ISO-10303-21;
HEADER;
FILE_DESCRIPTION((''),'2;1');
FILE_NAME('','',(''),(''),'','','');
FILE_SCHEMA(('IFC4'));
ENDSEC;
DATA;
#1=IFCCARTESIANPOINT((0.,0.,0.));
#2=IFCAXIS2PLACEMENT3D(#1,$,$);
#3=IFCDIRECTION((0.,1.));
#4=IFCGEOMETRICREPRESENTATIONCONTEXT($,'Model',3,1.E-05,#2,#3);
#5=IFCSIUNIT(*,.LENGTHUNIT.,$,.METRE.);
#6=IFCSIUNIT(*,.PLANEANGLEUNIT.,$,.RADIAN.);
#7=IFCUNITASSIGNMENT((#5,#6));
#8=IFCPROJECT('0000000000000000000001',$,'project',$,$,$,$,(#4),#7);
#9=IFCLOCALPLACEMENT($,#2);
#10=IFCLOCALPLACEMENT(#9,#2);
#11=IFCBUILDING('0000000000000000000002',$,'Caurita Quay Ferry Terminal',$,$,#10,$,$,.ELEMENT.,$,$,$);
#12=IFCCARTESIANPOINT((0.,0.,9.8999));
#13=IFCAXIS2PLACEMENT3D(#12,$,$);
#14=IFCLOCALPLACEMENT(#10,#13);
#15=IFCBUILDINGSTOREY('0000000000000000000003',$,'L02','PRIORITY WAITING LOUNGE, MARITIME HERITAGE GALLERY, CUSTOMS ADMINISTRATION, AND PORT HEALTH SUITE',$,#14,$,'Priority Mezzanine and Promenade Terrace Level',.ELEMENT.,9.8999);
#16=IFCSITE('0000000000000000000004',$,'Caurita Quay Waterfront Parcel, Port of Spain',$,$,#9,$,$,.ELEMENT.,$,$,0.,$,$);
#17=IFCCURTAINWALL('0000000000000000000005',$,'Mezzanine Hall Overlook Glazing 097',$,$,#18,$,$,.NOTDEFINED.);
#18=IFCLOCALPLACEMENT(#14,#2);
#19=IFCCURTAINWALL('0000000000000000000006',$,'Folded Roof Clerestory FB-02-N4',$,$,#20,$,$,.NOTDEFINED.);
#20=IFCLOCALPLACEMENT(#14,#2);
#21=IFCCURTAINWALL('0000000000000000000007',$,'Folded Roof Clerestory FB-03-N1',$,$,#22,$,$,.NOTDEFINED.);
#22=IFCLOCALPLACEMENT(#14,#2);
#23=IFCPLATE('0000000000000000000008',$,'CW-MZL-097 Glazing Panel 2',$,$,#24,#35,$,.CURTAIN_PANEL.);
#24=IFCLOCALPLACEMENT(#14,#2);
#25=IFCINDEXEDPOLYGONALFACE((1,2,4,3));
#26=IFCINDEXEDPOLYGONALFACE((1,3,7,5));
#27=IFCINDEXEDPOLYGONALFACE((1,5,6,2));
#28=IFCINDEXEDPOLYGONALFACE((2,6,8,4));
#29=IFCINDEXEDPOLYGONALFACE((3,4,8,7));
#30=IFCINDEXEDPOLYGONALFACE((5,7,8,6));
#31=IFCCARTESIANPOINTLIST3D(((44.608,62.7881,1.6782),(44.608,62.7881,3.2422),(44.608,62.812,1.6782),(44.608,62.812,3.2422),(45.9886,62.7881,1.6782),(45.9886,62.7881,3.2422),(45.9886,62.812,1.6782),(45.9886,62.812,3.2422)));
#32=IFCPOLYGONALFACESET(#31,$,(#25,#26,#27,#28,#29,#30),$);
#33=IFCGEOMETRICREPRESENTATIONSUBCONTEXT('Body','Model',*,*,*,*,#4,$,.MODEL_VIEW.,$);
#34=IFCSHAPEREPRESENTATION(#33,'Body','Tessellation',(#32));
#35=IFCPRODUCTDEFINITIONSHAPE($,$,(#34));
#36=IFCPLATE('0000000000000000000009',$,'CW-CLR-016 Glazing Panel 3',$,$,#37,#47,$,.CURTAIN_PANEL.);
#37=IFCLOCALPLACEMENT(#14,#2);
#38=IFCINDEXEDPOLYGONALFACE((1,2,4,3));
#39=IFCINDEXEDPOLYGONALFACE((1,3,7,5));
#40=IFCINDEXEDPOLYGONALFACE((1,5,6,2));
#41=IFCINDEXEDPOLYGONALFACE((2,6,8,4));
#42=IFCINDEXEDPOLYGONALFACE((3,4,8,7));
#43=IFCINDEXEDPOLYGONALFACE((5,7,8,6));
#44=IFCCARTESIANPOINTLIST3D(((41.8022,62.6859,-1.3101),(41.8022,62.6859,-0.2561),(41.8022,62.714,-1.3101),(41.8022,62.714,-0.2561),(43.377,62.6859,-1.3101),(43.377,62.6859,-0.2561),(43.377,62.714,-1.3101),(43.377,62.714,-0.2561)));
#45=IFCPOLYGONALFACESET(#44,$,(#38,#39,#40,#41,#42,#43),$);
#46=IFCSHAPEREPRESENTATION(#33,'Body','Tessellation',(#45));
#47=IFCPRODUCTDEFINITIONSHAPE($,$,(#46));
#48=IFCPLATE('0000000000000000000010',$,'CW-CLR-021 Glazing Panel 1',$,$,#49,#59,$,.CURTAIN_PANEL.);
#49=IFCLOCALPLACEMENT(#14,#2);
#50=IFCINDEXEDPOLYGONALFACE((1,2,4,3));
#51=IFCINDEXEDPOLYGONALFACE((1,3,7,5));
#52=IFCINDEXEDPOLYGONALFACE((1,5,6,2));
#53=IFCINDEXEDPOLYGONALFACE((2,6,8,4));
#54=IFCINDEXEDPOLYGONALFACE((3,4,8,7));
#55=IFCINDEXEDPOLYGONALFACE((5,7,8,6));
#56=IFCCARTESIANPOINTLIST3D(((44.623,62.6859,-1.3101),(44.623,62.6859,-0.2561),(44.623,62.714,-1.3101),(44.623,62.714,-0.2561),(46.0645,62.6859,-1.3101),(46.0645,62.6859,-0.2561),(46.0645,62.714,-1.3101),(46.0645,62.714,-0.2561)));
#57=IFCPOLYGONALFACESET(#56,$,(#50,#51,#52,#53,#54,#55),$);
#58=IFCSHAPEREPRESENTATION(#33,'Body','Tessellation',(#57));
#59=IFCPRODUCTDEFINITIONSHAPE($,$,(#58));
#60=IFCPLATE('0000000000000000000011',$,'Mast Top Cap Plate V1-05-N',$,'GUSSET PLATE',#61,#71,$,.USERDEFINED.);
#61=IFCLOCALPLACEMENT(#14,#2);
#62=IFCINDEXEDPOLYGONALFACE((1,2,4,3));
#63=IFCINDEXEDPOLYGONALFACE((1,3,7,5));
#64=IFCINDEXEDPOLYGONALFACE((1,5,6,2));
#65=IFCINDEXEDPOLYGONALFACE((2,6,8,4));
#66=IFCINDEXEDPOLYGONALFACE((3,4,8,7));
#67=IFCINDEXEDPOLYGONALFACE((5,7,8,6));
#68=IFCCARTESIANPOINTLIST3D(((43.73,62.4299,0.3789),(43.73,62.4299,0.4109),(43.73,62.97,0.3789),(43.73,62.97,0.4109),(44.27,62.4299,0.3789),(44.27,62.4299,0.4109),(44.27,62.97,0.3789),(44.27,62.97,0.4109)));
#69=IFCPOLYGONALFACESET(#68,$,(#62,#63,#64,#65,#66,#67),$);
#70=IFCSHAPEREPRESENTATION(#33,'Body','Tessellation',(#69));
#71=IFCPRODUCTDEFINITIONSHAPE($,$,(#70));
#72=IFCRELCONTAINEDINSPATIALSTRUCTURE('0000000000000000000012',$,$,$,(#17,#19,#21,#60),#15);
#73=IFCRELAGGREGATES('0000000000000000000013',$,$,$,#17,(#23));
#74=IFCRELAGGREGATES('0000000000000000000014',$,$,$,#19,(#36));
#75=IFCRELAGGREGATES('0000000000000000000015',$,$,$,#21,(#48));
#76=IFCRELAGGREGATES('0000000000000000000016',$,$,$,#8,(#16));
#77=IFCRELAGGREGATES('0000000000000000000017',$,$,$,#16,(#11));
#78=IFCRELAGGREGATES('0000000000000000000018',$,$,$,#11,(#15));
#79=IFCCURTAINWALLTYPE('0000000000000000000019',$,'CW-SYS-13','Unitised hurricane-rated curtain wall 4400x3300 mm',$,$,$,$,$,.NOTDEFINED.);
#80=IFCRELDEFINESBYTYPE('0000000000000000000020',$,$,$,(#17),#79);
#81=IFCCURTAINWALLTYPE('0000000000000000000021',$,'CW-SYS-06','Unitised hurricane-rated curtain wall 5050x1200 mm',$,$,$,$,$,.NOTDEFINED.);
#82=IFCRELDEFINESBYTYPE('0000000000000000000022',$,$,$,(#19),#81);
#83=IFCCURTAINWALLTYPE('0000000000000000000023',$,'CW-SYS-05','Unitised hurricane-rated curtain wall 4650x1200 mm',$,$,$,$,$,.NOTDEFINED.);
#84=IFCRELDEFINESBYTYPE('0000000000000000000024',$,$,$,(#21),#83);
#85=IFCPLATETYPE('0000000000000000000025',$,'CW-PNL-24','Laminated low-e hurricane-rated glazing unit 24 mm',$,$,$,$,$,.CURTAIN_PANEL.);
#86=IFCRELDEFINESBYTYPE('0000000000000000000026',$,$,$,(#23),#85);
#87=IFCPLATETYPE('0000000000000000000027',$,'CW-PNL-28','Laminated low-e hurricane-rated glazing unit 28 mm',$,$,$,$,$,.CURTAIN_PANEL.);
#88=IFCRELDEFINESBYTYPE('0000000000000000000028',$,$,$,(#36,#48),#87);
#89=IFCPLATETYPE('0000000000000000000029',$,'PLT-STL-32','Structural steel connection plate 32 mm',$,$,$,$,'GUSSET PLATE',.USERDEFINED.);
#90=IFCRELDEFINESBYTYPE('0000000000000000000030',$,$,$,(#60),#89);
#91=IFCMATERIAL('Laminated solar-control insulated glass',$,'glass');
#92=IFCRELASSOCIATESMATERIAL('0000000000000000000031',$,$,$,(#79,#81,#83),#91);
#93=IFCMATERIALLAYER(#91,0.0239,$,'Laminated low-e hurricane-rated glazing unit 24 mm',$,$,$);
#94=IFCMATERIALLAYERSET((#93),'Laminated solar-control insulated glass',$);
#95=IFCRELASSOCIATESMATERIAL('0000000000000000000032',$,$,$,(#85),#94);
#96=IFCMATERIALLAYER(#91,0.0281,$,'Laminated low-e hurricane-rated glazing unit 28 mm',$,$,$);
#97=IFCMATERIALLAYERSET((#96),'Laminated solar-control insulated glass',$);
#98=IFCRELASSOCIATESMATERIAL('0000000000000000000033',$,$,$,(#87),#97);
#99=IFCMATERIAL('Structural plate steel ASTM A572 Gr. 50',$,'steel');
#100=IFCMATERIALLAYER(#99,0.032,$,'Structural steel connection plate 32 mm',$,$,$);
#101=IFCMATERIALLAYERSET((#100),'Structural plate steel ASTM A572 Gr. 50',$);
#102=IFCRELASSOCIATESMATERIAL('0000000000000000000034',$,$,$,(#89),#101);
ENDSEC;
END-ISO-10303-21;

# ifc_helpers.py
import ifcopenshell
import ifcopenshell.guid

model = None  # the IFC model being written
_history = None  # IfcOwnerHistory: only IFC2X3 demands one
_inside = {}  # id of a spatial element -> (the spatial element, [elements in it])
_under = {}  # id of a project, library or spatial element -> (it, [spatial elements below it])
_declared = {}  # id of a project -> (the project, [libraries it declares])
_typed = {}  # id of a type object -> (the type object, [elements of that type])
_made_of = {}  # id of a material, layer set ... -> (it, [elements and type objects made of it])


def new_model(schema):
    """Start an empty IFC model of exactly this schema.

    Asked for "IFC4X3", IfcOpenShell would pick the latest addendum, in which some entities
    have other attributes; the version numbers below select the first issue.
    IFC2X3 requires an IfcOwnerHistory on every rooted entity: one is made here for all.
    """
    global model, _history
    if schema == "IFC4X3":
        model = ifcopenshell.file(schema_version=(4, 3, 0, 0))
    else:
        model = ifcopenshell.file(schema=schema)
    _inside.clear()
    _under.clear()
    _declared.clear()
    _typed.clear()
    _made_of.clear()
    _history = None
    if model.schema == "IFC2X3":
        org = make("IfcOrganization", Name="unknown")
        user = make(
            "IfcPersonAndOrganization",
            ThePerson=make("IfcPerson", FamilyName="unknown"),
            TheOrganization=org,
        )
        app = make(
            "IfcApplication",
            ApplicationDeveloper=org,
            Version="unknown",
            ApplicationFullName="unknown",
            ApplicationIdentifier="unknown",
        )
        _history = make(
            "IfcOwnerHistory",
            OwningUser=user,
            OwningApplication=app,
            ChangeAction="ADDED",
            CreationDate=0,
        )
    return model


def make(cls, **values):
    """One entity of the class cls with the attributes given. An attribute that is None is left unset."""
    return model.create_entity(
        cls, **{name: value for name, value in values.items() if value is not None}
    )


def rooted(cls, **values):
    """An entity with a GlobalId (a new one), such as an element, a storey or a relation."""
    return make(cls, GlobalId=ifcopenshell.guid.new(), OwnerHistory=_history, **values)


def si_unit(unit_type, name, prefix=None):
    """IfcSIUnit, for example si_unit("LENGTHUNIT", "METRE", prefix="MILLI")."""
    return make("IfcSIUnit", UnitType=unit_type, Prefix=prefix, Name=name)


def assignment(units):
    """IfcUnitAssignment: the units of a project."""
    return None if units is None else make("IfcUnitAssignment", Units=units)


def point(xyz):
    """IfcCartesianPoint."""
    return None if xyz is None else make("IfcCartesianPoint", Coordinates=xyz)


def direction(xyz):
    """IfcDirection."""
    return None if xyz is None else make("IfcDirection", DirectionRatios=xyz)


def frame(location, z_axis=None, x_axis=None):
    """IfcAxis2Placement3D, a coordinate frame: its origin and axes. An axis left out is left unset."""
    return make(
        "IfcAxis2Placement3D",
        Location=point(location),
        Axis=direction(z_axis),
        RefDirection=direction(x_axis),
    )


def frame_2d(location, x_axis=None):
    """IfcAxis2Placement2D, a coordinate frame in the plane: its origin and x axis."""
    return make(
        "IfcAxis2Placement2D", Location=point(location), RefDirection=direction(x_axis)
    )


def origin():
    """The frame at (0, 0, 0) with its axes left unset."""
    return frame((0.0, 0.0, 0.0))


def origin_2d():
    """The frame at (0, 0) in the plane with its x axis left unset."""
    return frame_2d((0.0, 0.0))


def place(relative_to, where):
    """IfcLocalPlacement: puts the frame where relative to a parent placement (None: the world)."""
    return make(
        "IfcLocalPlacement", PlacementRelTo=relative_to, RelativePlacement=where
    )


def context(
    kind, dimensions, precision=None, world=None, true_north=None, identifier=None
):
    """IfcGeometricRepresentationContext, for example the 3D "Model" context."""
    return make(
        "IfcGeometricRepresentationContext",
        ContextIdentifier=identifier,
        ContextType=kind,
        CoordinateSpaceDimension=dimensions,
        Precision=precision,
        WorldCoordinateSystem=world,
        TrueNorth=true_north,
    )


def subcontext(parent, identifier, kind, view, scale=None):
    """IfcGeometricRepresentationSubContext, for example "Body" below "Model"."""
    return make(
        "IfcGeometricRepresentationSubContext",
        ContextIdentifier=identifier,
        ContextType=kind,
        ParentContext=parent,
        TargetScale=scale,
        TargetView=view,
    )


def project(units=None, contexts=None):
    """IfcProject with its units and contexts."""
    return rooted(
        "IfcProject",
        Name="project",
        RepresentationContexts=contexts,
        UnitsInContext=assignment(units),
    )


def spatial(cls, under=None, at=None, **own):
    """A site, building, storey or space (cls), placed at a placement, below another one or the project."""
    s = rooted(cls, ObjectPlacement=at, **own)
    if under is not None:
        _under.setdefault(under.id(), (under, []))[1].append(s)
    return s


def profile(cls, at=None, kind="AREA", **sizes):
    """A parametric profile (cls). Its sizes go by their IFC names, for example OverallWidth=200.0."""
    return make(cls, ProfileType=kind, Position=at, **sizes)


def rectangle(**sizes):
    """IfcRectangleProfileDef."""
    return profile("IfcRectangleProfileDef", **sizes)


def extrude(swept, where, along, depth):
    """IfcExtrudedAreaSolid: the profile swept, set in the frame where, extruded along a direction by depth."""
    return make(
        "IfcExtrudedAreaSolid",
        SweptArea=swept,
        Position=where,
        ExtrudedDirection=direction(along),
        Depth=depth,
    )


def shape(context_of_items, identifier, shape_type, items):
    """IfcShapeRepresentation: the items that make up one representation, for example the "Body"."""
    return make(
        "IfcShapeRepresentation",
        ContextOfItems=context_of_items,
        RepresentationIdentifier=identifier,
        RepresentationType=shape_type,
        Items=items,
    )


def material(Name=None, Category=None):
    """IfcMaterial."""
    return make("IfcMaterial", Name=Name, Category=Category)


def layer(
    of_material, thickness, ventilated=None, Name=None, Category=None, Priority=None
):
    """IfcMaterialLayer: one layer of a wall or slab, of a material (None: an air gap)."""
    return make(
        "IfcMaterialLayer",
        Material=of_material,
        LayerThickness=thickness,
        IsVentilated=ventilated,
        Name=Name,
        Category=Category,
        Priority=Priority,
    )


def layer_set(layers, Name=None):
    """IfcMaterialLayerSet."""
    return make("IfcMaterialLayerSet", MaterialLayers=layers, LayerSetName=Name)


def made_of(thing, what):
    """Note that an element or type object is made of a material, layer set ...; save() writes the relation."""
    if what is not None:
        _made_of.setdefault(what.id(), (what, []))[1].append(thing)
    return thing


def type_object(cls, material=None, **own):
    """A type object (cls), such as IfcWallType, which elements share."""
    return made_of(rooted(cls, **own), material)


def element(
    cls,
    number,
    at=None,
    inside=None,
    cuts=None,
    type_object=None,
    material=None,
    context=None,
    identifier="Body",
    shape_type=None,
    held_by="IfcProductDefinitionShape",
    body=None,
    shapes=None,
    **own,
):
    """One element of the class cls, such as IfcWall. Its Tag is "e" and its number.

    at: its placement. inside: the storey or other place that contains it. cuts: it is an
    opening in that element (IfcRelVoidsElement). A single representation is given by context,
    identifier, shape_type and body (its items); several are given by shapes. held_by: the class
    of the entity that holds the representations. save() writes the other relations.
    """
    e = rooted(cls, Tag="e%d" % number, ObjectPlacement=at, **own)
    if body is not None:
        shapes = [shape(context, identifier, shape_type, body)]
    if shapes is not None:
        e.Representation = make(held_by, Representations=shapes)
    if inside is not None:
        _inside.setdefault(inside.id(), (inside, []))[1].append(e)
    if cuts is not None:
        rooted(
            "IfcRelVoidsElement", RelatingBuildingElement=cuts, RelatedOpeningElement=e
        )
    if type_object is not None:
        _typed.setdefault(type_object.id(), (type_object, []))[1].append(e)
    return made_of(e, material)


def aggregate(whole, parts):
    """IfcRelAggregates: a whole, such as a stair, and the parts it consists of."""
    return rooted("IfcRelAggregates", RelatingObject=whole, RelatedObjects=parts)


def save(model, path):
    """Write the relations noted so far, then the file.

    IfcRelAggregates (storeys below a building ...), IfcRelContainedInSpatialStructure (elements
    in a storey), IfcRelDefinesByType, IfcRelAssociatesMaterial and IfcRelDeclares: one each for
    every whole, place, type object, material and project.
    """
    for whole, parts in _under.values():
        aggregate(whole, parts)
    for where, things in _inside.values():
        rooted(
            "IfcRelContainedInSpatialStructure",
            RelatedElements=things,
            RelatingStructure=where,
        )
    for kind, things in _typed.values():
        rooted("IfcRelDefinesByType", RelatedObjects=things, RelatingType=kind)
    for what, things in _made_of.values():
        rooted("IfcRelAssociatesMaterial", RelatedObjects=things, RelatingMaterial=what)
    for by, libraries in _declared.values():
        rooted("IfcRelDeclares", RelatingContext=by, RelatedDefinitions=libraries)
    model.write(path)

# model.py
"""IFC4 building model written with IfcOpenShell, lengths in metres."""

from ifc_helpers import new_model, si_unit, direction, frame, origin, origin_2d, place, context, subcontext, project, spatial, rectangle, extrude, material, layer, layer_set, type_object, element, aggregate, save


model = new_model("IFC4")

# Units and contexts
model_context = context("Model", 3, precision=1e-05, world=origin(), true_north=direction((0.0, 1.0)))
body_context = subcontext(model_context, "Body", "Model", "MODEL_VIEW")
ifc_project = project(units=[si_unit("LENGTHUNIT", "METRE"), si_unit("PLANEANGLEUNIT", "RADIAN")], contexts=[model_context])

# Site, building, storey
site_placement = place(None, origin())
site = spatial("IfcSite", under=ifc_project, at=site_placement, Name="Caurita Quay Waterfront Parcel, Port of Spain", CompositionType="ELEMENT", RefElevation=0.0)
building_placement = place(site_placement, origin())
building = spatial("IfcBuilding", under=site, at=building_placement, Name="Caurita Quay Ferry Terminal", CompositionType="ELEMENT")
storey_placement = place(building_placement, frame((0.0, 0.0, 9.8999)))
storey = spatial("IfcBuildingStorey", under=building, at=storey_placement, Name="L02", Description="PRIORITY WAITING LOUNGE, MARITIME HERITAGE GALLERY, CUSTOMS ADMINISTRATION, AND PORT HEALTH SUITE", LongName="Priority Mezzanine and Promenade Terrace Level", CompositionType="ELEMENT", Elevation=9.8999)

# Curtain walls
ifc_material_1 = material(Name="Laminated solar-control insulated glass", Category="glass")
curtain_wall_type_1 = type_object("IfcCurtainWallType", Name="CW-SYS-13", Description="Unitised hurricane-rated curtain wall 4400x3300 mm", PredefinedType="NOTDEFINED", material=ifc_material_1)
curtain_wall_1_placement = place(storey_placement, origin())
curtain_wall_1 = element("IfcCurtainWall", 1, at=curtain_wall_1_placement, inside=storey, type_object=curtain_wall_type_1, Name="Mezzanine Hall Overlook Glazing 097", PredefinedType="NOTDEFINED")
curtain_wall_type_2 = type_object("IfcCurtainWallType", Name="CW-SYS-06", Description="Unitised hurricane-rated curtain wall 5050x1200 mm", PredefinedType="NOTDEFINED", material=ifc_material_1)
curtain_wall_2_placement = place(storey_placement, origin())
curtain_wall_2 = element("IfcCurtainWall", 2, at=curtain_wall_2_placement, inside=storey, type_object=curtain_wall_type_2, Name="Folded Roof Clerestory FB-02-N4", PredefinedType="NOTDEFINED")
curtain_wall_type_3 = type_object("IfcCurtainWallType", Name="CW-SYS-05", Description="Unitised hurricane-rated curtain wall 4650x1200 mm", PredefinedType="NOTDEFINED", material=ifc_material_1)
curtain_wall_3_placement = place(storey_placement, origin())
curtain_wall_3 = element("IfcCurtainWall", 3, at=curtain_wall_3_placement, inside=storey, type_object=curtain_wall_type_3, Name="Folded Roof Clerestory FB-03-N1", PredefinedType="NOTDEFINED")

# Plates
ifc_layer_1 = layer(ifc_material_1, 0.0239, Name="Laminated low-e hurricane-rated glazing unit 24 mm")
ifc_layer_set_1 = layer_set([ifc_layer_1], Name="Laminated solar-control insulated glass")
plate_type_1 = type_object("IfcPlateType", Name="CW-PNL-24", Description="Laminated low-e hurricane-rated glazing unit 24 mm", PredefinedType="CURTAIN_PANEL", material=ifc_layer_set_1)
plate_1_placement = place(storey_placement, frame((45.2983, 62.8, 1.6782), z_axis=(0.0, 0.0, 1.0), x_axis=(1.0, 0.0, 0.0)))
plate_1 = element("IfcPlate", 4, at=plate_1_placement, type_object=plate_type_1, Name="CW-MZL-097 Glazing Panel 2", PredefinedType="CURTAIN_PANEL", context=body_context, shape_type="SweptSolid", body=[
    extrude(rectangle(XDim=1.3806, YDim=0.0239, at=origin_2d()), origin(), (0.0, 0.0, 1.0), 1.564),
])
aggregate(curtain_wall_1, [plate_1])
ifc_layer_2 = layer(ifc_material_1, 0.0281, Name="Laminated low-e hurricane-rated glazing unit 28 mm")
ifc_layer_set_2 = layer_set([ifc_layer_2], Name="Laminated solar-control insulated glass")
plate_type_2 = type_object("IfcPlateType", Name="CW-PNL-28", Description="Laminated low-e hurricane-rated glazing unit 28 mm", PredefinedType="CURTAIN_PANEL", material=ifc_layer_set_2)
plate_2_placement = place(storey_placement, frame((42.5896, 62.7, -1.3101), z_axis=(0.0, 0.0, 1.0), x_axis=(1.0, 0.0, 0.0)))
plate_2 = element("IfcPlate", 5, at=plate_2_placement, type_object=plate_type_2, Name="CW-CLR-016 Glazing Panel 3", PredefinedType="CURTAIN_PANEL", context=body_context, shape_type="SweptSolid", body=[
    extrude(rectangle(XDim=1.5747, YDim=0.0281, at=origin_2d()), origin(), (0.0, 0.0, 1.0), 1.054),
])
aggregate(curtain_wall_2, [plate_2])
plate_3_placement = place(storey_placement, frame((45.3438, 62.7, -1.3101), z_axis=(0.0, 0.0, 1.0), x_axis=(1.0, 0.0, 0.0)))
plate_3 = element("IfcPlate", 6, at=plate_3_placement, type_object=plate_type_2, Name="CW-CLR-021 Glazing Panel 1", PredefinedType="CURTAIN_PANEL", context=body_context, shape_type="SweptSolid", body=[
    extrude(rectangle(XDim=1.4414, YDim=0.0281, at=origin_2d()), origin(), (0.0, 0.0, 1.0), 1.054),
])
aggregate(curtain_wall_3, [plate_3])
ifc_material_2 = material(Name="Structural plate steel ASTM A572 Gr. 50", Category="steel")
ifc_layer_3 = layer(ifc_material_2, 0.032, Name="Structural steel connection plate 32 mm")
ifc_layer_set_3 = layer_set([ifc_layer_3], Name="Structural plate steel ASTM A572 Gr. 50")
plate_type_3 = type_object("IfcPlateType", Name="PLT-STL-32", Description="Structural steel connection plate 32 mm", ElementType="GUSSET PLATE", PredefinedType="USERDEFINED", material=ifc_layer_set_3)
plate_4_placement = place(storey_placement, frame((44.0, 62.7, 0.3789), z_axis=(0.0, 0.0, 1.0), x_axis=(1.0, 0.0, 0.0)))
element("IfcPlate", 7, at=plate_4_placement, inside=storey, type_object=plate_type_3, Name="Mast Top Cap Plate V1-05-N", ObjectType="GUSSET PLATE", PredefinedType="USERDEFINED", context=body_context, shape_type="SweptSolid", body=[
    extrude(rectangle(XDim=0.54, YDim=0.54, at=origin_2d()), origin(), (0.0, 0.0, 1.0), 0.032),
])

save(model, "model.ifc")
